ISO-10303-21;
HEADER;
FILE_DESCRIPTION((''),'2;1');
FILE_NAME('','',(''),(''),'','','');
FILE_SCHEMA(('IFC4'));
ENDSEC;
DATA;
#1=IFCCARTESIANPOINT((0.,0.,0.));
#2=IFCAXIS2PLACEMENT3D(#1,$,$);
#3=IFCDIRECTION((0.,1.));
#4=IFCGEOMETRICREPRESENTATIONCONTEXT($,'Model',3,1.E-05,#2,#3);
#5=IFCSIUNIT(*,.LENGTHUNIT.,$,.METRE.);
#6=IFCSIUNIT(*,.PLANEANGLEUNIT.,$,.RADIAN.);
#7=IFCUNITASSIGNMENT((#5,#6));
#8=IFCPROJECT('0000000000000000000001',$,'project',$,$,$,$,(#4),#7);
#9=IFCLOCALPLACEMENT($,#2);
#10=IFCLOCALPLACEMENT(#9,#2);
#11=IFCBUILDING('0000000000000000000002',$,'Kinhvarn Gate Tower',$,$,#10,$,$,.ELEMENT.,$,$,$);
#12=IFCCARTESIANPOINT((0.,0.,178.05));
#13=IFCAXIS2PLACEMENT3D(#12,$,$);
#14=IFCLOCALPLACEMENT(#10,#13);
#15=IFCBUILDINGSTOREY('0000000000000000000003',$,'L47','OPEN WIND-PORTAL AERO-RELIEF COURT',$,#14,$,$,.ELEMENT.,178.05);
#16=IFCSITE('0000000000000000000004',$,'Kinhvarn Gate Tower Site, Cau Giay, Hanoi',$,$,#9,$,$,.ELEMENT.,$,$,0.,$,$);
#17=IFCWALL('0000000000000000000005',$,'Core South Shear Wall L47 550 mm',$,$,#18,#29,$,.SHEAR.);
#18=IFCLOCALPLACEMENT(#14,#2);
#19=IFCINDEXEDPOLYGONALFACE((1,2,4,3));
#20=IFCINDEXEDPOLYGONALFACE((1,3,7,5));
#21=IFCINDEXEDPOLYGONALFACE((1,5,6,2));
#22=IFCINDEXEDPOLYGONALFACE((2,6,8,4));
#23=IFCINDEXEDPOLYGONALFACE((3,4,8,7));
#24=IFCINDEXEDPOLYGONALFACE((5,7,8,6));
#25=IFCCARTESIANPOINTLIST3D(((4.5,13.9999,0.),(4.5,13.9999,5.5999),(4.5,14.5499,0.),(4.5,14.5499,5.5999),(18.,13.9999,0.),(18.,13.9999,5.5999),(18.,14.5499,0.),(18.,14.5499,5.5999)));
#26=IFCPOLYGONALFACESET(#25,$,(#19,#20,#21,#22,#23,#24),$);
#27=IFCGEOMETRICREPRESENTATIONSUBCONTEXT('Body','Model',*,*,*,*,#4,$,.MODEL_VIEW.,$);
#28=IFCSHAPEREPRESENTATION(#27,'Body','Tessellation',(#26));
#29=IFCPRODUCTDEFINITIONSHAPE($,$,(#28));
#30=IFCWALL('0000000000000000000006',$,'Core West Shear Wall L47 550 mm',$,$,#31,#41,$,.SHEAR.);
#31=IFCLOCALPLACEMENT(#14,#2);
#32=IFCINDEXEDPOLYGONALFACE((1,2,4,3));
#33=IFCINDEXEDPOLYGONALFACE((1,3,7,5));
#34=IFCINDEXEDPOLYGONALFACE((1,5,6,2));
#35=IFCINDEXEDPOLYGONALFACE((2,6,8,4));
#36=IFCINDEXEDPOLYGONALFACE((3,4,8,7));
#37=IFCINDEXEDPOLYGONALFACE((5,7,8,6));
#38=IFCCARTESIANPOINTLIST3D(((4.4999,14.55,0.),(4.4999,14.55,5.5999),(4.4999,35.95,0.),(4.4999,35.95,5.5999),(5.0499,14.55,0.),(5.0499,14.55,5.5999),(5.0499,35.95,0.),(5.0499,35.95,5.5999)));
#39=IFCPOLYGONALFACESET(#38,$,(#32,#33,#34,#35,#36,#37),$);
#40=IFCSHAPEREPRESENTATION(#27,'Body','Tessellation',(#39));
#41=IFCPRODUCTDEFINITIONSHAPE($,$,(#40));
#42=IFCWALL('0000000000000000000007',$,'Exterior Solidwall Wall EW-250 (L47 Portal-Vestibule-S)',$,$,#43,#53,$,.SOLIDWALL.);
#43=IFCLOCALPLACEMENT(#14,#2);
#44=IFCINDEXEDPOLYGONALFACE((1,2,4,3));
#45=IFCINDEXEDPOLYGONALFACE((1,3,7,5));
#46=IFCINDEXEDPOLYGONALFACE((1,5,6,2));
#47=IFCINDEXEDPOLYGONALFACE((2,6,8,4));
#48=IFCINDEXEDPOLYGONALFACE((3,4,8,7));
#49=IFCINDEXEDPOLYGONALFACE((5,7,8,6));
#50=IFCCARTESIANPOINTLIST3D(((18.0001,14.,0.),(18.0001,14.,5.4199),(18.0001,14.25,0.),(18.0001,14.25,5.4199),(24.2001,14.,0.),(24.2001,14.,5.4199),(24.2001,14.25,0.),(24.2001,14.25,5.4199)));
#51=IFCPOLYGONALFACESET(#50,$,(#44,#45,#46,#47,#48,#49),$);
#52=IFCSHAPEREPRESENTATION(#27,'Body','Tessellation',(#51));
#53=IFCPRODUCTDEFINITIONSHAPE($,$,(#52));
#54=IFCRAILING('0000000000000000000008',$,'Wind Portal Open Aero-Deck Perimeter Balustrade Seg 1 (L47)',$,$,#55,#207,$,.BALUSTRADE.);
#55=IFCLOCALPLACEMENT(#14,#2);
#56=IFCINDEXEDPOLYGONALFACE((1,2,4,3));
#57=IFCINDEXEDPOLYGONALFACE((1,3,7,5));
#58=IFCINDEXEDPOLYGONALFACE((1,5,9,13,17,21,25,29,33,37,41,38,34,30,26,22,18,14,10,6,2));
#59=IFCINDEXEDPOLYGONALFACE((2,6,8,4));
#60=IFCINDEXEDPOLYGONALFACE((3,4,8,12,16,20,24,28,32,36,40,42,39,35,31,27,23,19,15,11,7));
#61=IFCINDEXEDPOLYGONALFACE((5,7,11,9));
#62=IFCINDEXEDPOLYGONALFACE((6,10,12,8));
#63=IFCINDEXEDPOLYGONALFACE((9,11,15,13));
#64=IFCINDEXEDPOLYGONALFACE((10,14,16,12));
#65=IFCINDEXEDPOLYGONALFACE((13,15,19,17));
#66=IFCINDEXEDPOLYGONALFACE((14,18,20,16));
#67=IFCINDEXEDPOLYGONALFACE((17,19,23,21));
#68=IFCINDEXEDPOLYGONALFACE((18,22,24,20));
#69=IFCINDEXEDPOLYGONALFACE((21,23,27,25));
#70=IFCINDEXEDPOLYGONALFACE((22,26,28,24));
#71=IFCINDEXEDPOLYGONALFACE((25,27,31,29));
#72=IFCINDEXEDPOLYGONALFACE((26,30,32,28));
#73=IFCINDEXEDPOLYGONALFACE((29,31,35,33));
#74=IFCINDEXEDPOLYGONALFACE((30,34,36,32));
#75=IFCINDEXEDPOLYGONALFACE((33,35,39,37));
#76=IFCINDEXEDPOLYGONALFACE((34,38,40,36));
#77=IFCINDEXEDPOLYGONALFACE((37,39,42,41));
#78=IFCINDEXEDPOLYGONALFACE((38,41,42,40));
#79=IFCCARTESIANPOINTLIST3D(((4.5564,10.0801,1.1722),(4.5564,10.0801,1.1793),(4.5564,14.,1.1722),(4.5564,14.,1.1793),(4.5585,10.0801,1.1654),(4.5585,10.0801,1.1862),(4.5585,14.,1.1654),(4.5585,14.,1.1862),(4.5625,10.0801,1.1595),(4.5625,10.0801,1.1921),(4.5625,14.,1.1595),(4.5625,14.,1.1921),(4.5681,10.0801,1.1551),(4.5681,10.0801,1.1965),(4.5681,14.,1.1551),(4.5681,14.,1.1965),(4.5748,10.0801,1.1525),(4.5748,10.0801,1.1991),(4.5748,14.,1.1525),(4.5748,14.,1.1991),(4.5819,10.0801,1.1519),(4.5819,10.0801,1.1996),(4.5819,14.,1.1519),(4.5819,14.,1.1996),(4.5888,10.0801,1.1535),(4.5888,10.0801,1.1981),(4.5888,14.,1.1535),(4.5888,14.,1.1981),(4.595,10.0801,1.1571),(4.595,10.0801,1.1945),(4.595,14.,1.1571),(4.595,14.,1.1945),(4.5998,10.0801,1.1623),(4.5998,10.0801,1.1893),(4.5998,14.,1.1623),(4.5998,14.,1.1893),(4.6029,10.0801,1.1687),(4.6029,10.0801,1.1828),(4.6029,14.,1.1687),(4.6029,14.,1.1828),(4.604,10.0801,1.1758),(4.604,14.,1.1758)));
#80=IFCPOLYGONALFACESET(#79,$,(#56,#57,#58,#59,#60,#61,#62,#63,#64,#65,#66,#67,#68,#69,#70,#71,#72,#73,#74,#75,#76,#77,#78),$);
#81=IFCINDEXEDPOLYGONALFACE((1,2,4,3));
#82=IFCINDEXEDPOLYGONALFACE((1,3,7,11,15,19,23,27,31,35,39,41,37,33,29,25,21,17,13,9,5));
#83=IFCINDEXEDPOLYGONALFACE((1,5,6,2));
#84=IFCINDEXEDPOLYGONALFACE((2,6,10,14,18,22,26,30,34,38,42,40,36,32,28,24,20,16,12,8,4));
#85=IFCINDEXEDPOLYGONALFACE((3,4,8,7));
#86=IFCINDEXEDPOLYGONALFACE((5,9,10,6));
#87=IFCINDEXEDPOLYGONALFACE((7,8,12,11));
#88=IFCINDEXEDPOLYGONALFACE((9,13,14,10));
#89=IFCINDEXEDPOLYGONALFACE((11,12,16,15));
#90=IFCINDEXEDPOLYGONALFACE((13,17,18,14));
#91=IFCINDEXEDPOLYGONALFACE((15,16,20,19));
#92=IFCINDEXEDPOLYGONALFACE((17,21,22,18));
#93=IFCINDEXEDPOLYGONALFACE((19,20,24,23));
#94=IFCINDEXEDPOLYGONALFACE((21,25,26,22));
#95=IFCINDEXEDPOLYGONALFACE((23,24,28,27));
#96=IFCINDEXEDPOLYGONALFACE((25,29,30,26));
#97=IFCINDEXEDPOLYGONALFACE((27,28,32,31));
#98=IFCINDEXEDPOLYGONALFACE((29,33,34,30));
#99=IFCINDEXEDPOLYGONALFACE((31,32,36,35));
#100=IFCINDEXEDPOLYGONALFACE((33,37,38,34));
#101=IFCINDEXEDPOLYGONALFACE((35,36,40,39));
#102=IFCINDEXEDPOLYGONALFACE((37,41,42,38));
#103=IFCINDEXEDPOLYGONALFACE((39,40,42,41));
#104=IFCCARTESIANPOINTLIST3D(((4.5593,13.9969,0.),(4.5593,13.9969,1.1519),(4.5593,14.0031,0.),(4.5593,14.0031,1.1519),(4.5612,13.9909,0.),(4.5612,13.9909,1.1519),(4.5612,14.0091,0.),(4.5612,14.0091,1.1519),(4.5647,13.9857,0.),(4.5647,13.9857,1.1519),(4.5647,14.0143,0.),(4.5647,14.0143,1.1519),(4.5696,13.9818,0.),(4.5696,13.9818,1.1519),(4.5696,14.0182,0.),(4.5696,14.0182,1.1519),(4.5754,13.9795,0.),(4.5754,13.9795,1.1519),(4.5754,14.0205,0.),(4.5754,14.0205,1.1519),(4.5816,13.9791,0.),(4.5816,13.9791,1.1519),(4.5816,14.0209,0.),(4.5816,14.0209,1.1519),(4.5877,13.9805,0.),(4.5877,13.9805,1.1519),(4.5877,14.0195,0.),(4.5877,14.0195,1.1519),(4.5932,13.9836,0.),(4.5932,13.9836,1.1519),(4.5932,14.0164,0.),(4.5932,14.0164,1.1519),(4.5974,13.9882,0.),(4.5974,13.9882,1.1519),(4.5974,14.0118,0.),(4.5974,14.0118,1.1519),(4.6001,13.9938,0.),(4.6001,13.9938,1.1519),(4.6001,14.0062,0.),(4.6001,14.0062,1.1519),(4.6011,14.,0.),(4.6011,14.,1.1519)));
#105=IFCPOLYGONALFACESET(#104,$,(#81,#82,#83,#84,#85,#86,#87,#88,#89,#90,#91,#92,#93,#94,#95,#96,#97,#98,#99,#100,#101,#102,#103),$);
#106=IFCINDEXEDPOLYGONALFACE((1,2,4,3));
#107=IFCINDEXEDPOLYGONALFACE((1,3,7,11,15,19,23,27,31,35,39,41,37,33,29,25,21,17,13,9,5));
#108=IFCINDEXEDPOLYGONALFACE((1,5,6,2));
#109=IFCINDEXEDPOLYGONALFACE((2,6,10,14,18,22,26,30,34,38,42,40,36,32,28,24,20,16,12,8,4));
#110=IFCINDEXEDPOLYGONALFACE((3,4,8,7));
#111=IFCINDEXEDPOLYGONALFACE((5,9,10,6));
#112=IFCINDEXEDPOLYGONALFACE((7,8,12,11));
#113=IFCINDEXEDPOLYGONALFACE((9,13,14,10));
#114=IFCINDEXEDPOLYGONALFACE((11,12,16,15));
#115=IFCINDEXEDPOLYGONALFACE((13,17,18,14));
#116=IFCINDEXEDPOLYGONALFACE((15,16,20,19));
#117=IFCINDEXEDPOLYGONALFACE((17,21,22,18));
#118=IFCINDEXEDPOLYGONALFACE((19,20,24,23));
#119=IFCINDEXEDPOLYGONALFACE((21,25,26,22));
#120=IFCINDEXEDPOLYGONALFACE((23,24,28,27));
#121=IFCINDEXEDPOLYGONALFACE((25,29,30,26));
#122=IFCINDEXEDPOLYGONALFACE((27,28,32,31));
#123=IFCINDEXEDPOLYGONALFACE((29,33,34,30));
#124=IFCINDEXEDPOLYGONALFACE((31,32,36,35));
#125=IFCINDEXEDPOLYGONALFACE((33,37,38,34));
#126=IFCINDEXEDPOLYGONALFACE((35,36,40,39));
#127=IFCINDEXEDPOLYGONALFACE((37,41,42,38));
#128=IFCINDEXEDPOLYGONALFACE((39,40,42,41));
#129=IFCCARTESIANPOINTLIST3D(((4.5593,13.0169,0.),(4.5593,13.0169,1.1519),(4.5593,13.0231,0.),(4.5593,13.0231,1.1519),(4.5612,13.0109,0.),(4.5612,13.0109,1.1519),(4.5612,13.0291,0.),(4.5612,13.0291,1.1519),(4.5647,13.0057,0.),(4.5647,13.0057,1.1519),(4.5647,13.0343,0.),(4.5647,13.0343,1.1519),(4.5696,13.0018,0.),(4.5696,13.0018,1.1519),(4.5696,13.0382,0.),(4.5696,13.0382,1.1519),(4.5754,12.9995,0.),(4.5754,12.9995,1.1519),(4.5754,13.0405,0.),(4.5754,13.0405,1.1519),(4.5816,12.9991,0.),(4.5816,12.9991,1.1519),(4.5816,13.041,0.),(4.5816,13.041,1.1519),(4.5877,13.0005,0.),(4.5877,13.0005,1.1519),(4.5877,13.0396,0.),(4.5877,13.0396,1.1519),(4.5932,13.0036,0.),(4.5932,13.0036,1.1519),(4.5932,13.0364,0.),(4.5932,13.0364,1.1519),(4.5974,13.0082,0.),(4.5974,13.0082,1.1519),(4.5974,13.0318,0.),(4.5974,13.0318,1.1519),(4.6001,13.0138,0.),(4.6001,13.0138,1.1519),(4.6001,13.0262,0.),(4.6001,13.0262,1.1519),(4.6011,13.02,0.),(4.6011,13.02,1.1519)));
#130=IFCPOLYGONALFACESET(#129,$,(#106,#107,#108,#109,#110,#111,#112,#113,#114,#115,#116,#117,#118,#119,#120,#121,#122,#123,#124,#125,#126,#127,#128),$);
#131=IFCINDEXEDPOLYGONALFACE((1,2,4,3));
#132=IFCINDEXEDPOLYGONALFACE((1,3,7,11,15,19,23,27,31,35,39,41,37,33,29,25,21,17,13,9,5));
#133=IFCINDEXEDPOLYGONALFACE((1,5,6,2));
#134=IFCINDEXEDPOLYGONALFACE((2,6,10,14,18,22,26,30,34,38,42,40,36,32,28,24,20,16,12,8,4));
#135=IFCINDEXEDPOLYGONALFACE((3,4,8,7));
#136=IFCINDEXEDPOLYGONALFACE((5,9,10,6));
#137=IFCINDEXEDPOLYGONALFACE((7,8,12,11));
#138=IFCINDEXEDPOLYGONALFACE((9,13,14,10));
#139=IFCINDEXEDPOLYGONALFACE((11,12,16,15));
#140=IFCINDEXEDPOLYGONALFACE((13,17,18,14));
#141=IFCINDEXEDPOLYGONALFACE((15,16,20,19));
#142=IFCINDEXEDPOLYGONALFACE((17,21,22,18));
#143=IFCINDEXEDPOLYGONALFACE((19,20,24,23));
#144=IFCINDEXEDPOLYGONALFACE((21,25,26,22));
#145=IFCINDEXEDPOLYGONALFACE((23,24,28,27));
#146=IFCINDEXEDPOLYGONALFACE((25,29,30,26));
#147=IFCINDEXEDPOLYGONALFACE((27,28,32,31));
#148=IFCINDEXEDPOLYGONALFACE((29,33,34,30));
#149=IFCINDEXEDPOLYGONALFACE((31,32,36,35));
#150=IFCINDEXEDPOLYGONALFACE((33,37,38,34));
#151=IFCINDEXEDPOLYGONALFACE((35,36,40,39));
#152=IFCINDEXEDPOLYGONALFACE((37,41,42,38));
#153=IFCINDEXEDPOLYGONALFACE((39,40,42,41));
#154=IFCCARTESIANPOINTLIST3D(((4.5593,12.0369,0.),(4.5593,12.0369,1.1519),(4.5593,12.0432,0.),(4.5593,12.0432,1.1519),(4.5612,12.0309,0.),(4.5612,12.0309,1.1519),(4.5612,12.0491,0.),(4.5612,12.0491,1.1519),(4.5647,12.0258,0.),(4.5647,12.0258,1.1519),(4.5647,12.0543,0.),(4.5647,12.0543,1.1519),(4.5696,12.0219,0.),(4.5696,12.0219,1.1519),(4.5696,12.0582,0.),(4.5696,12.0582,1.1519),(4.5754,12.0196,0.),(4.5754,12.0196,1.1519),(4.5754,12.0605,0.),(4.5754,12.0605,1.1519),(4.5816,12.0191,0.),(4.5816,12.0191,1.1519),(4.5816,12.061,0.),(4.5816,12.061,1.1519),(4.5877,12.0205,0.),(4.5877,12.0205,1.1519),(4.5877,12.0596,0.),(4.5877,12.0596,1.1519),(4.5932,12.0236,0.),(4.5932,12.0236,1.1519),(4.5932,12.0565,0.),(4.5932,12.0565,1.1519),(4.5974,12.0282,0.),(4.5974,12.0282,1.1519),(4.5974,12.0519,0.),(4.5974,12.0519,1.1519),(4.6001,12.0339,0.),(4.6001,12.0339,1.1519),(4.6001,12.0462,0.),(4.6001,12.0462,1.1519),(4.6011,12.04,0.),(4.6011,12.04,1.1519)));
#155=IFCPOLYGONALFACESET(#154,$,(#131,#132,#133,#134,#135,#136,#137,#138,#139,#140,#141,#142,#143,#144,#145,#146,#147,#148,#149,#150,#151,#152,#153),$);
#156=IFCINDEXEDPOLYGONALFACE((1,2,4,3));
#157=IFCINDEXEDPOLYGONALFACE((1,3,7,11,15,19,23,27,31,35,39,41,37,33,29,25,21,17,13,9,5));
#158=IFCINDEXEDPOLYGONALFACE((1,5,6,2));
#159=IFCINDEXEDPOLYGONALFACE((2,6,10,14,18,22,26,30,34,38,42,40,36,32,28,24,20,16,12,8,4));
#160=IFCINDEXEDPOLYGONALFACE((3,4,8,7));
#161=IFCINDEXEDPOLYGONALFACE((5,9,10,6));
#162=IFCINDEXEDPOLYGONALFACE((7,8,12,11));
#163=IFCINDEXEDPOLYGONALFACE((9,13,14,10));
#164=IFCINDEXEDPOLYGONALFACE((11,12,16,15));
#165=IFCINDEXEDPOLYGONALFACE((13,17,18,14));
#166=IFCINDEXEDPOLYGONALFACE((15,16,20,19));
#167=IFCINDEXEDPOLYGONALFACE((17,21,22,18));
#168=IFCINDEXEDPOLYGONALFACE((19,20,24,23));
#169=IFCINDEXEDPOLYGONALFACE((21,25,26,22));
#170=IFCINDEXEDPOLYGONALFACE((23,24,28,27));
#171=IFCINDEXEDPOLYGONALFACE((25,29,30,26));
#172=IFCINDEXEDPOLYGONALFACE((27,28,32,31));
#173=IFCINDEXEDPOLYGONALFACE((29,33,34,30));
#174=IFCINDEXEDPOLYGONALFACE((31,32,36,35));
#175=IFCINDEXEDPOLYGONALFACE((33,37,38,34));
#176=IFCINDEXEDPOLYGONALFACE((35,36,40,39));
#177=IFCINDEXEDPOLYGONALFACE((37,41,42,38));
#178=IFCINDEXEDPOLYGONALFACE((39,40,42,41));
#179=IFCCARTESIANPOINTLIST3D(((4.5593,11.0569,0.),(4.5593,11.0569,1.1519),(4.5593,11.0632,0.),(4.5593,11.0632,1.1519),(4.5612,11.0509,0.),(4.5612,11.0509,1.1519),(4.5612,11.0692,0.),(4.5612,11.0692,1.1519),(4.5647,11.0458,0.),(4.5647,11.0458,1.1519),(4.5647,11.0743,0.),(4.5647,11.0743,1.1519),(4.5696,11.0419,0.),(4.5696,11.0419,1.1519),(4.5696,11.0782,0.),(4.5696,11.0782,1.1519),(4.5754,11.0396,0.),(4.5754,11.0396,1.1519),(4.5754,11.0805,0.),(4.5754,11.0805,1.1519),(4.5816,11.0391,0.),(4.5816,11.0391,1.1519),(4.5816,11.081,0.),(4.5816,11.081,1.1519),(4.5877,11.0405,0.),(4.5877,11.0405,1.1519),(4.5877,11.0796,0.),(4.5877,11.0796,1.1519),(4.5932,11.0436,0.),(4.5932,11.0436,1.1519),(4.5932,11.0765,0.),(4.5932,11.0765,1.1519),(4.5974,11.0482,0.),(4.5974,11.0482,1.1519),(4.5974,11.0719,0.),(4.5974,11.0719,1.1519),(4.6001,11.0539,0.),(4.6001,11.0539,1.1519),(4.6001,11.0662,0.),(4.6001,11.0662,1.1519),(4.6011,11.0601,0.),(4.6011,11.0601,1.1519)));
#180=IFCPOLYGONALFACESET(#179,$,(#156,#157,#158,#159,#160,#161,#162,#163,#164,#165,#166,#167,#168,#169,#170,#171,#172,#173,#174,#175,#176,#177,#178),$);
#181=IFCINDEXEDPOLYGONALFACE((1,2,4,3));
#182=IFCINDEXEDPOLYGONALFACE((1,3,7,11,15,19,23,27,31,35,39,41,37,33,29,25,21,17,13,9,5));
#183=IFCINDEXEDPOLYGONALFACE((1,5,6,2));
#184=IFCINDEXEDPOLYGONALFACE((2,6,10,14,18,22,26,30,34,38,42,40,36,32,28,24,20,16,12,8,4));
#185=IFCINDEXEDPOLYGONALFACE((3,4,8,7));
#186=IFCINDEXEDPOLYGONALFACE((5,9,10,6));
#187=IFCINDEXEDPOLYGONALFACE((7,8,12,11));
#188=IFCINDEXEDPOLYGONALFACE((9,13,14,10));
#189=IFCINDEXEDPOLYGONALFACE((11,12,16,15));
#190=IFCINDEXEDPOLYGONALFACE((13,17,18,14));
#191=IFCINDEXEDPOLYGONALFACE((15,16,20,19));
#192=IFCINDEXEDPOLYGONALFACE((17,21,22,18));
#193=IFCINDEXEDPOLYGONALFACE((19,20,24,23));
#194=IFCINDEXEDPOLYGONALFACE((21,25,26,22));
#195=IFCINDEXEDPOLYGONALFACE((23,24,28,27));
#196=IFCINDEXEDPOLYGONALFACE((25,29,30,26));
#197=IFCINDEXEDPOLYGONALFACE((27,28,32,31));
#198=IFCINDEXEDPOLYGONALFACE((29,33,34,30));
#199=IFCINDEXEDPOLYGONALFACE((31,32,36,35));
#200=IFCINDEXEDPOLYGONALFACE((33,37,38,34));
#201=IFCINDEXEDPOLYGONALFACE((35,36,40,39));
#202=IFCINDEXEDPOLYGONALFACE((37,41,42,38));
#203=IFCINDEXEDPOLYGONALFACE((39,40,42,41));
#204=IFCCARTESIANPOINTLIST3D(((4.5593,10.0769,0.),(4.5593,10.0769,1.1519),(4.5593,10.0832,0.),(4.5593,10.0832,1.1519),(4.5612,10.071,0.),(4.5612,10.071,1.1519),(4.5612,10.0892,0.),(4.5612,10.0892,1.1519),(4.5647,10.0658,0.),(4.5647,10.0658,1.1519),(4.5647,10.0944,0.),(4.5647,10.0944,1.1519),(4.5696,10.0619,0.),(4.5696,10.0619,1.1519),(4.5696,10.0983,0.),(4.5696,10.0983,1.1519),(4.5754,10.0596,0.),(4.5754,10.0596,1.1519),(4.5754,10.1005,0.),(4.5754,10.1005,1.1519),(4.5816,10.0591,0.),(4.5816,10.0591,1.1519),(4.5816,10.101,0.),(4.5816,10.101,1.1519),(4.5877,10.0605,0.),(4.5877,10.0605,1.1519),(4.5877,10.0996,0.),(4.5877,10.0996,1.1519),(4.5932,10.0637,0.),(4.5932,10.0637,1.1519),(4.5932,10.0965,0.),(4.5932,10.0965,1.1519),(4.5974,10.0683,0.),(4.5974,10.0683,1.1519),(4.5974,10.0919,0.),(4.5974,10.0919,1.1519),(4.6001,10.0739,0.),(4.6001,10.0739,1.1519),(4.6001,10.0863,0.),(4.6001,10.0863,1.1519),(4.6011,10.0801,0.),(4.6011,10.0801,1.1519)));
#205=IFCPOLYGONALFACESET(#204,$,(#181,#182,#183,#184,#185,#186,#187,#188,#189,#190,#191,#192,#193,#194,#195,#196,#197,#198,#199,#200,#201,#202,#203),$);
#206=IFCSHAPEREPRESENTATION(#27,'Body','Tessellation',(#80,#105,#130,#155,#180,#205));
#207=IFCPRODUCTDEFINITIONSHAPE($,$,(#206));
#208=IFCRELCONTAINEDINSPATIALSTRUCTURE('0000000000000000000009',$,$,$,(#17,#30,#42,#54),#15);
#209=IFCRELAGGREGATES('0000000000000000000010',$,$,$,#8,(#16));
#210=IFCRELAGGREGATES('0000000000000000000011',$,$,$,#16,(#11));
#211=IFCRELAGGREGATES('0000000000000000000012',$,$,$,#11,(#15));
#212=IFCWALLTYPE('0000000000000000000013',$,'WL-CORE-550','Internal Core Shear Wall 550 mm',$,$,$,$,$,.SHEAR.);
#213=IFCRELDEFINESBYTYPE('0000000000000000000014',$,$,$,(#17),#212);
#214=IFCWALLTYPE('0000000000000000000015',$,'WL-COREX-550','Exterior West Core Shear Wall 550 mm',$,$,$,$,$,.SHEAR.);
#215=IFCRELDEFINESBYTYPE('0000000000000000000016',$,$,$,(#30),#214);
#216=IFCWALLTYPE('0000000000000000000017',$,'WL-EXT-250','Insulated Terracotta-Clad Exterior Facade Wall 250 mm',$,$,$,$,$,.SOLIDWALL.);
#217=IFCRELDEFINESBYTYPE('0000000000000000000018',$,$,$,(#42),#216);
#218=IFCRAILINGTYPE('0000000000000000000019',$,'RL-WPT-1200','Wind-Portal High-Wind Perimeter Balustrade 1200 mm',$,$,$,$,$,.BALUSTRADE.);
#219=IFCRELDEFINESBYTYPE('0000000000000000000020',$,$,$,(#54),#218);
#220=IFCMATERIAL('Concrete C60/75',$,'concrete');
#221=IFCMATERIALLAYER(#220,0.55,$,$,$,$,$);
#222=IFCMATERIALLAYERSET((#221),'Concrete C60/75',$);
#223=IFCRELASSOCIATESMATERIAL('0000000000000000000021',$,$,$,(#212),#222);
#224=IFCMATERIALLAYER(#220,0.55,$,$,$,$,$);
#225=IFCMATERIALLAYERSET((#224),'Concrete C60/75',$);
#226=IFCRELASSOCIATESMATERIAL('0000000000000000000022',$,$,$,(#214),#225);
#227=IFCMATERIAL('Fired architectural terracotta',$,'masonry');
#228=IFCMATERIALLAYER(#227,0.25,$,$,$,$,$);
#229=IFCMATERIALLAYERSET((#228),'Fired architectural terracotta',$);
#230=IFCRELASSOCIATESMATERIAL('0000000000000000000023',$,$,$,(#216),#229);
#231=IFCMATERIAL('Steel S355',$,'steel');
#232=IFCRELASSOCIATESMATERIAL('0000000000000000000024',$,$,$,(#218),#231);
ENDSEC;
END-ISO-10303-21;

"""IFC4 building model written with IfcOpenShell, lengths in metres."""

from ifc_helpers import new_model, si_unit, direction, frame, frame_2d, origin, origin_2d, place, context, subcontext, project, spatial, rectangle, circle, extrude, material, layer, layer_set, type_object, element, save


model = new_model("IFC4")

# Units and contexts
model_context = context("Model", 3, precision=1e-05, world=origin(), true_north=direction((0.0, 1.0)))
body_context = subcontext(model_context, "Body", "Model", "MODEL_VIEW")
ifc_project = project(units=[si_unit("LENGTHUNIT", "METRE"), si_unit("PLANEANGLEUNIT", "RADIAN")], contexts=[model_context])

# Site, building, storey
site_placement = place(None, origin())
site = spatial("IfcSite", under=ifc_project, at=site_placement, Name="Kinhvarn Gate Tower Site, Cau Giay, Hanoi", CompositionType="ELEMENT", RefElevation=0.0)
building_placement = place(site_placement, origin())
building = spatial("IfcBuilding", under=site, at=building_placement, Name="Kinhvarn Gate Tower", CompositionType="ELEMENT")
storey_placement = place(building_placement, frame((0.0, 0.0, 178.05)))
storey = spatial("IfcBuildingStorey", under=building, at=storey_placement, Name="L47", Description="OPEN WIND-PORTAL AERO-RELIEF COURT", CompositionType="ELEMENT", Elevation=178.05)

# Shared definitions
ifc_material_1 = material(Name="Concrete C60/75", Category="concrete")

# Shared definitions
ifc_material_2 = material(Name="Steel S355", Category="steel")

# Wall
ifc_layer_1 = layer(ifc_material_1, 0.55)
ifc_layer_set_1 = layer_set([ifc_layer_1], Name="Concrete C60/75")
wall_type_1 = type_object("IfcWallType", Name="WL-CORE-550", Description="Internal Core Shear Wall 550 mm", PredefinedType="SHEAR", material=ifc_layer_set_1)
wall_1_placement = place(storey_placement, frame((4.5, 14.2749, 0.0), z_axis=(0.0, 0.0, 1.0), x_axis=(1.0, 0.0, 0.0)))
element("IfcWall", 1, at=wall_1_placement, inside=storey, type_object=wall_type_1, Name="Core South Shear Wall L47 550 mm", PredefinedType="SHEAR", context=body_context, shape_type="SweptSolid", body=[
    extrude(rectangle(XDim=13.5, YDim=0.55, at=frame_2d((6.75, 0.0))), origin(), (0.0, 0.0, 1.0), 5.5999),
])

# Walls
ifc_layer_2 = layer(ifc_material_1, 0.55)
ifc_layer_set_2 = layer_set([ifc_layer_2], Name="Concrete C60/75")
wall_type_2 = type_object("IfcWallType", Name="WL-COREX-550", Description="Exterior West Core Shear Wall 550 mm", PredefinedType="SHEAR", material=ifc_layer_set_2)
wall_2_placement = place(storey_placement, frame((4.7749, 14.55, 0.0), z_axis=(0.0, 0.0, 1.0), x_axis=(0.0, 1.0, 0.0)))
element("IfcWall", 2, at=wall_2_placement, inside=storey, type_object=wall_type_2, Name="Core West Shear Wall L47 550 mm", PredefinedType="SHEAR", context=body_context, shape_type="SweptSolid", body=[
    extrude(rectangle(XDim=21.3999, YDim=0.55, at=frame_2d((10.7, 0.0))), origin(), (0.0, 0.0, 1.0), 5.5999),
])
ifc_material_3 = material(Name="Fired architectural terracotta", Category="masonry")
ifc_layer_3 = layer(ifc_material_3, 0.25)
ifc_layer_set_3 = layer_set([ifc_layer_3], Name="Fired architectural terracotta")
wall_type_3 = type_object("IfcWallType", Name="WL-EXT-250", Description="Insulated Terracotta-Clad Exterior Facade Wall 250 mm", PredefinedType="SOLIDWALL", material=ifc_layer_set_3)
wall_3_placement = place(storey_placement, frame((18.0, 14.125, 0.0), z_axis=(0.0, 0.0, 1.0), x_axis=(1.0, 0.0, 0.0)))
element("IfcWall", 3, at=wall_3_placement, inside=storey, type_object=wall_type_3, Name="Exterior Solidwall Wall EW-250 (L47 Portal-Vestibule-S)", PredefinedType="SOLIDWALL", context=body_context, shape_type="SweptSolid", body=[
    extrude(rectangle(XDim=6.2, YDim=0.25, at=frame_2d((3.1001, 0.0))), origin(), (0.0, 0.0, 1.0), 5.4199),
])

# Railing
railing_type = type_object("IfcRailingType", Name="RL-WPT-1200", Description="Wind-Portal High-Wind Perimeter Balustrade 1200 mm", PredefinedType="BALUSTRADE", material=ifc_material_2)
railing_1_placement = place(storey_placement, frame((4.5801, 14.0, 0.0)))
element("IfcRailing", 4, at=railing_1_placement, inside=storey, type_object=railing_type, Name="Wind Portal Open Aero-Deck Perimeter Balustrade Seg 1 (L47)", PredefinedType="BALUSTRADE", context=body_context, shape_type="SweptSolid", body=[
    extrude(circle(Radius=0.0239, at=origin_2d()), frame((0.0, 0.0, 1.1758), z_axis=(0.0, -1.0, 0.0), x_axis=(1.0, 0.0, 0.0)), (0.0, 0.0, 1.0), 3.9199),
    extrude(circle(Radius=0.021, at=origin_2d()), origin(), (0.0, 0.0, 1.0), 1.1519),
    extrude(circle(Radius=0.021, at=origin_2d()), frame((0.0, -0.98, 0.0)), (0.0, 0.0, 1.0), 1.1519),
    extrude(circle(Radius=0.021, at=origin_2d()), frame((0.0, -1.96, 0.0)), (0.0, 0.0, 1.0), 1.1519),
    extrude(circle(Radius=0.021, at=origin_2d()), frame((0.0, -2.9399, 0.0)), (0.0, 0.0, 1.0), 1.1519),
    extrude(circle(Radius=0.021, at=origin_2d()), frame((0.0, -3.9199, 0.0)), (0.0, 0.0, 1.0), 1.1519),
])

save(model, "model.ifc")
